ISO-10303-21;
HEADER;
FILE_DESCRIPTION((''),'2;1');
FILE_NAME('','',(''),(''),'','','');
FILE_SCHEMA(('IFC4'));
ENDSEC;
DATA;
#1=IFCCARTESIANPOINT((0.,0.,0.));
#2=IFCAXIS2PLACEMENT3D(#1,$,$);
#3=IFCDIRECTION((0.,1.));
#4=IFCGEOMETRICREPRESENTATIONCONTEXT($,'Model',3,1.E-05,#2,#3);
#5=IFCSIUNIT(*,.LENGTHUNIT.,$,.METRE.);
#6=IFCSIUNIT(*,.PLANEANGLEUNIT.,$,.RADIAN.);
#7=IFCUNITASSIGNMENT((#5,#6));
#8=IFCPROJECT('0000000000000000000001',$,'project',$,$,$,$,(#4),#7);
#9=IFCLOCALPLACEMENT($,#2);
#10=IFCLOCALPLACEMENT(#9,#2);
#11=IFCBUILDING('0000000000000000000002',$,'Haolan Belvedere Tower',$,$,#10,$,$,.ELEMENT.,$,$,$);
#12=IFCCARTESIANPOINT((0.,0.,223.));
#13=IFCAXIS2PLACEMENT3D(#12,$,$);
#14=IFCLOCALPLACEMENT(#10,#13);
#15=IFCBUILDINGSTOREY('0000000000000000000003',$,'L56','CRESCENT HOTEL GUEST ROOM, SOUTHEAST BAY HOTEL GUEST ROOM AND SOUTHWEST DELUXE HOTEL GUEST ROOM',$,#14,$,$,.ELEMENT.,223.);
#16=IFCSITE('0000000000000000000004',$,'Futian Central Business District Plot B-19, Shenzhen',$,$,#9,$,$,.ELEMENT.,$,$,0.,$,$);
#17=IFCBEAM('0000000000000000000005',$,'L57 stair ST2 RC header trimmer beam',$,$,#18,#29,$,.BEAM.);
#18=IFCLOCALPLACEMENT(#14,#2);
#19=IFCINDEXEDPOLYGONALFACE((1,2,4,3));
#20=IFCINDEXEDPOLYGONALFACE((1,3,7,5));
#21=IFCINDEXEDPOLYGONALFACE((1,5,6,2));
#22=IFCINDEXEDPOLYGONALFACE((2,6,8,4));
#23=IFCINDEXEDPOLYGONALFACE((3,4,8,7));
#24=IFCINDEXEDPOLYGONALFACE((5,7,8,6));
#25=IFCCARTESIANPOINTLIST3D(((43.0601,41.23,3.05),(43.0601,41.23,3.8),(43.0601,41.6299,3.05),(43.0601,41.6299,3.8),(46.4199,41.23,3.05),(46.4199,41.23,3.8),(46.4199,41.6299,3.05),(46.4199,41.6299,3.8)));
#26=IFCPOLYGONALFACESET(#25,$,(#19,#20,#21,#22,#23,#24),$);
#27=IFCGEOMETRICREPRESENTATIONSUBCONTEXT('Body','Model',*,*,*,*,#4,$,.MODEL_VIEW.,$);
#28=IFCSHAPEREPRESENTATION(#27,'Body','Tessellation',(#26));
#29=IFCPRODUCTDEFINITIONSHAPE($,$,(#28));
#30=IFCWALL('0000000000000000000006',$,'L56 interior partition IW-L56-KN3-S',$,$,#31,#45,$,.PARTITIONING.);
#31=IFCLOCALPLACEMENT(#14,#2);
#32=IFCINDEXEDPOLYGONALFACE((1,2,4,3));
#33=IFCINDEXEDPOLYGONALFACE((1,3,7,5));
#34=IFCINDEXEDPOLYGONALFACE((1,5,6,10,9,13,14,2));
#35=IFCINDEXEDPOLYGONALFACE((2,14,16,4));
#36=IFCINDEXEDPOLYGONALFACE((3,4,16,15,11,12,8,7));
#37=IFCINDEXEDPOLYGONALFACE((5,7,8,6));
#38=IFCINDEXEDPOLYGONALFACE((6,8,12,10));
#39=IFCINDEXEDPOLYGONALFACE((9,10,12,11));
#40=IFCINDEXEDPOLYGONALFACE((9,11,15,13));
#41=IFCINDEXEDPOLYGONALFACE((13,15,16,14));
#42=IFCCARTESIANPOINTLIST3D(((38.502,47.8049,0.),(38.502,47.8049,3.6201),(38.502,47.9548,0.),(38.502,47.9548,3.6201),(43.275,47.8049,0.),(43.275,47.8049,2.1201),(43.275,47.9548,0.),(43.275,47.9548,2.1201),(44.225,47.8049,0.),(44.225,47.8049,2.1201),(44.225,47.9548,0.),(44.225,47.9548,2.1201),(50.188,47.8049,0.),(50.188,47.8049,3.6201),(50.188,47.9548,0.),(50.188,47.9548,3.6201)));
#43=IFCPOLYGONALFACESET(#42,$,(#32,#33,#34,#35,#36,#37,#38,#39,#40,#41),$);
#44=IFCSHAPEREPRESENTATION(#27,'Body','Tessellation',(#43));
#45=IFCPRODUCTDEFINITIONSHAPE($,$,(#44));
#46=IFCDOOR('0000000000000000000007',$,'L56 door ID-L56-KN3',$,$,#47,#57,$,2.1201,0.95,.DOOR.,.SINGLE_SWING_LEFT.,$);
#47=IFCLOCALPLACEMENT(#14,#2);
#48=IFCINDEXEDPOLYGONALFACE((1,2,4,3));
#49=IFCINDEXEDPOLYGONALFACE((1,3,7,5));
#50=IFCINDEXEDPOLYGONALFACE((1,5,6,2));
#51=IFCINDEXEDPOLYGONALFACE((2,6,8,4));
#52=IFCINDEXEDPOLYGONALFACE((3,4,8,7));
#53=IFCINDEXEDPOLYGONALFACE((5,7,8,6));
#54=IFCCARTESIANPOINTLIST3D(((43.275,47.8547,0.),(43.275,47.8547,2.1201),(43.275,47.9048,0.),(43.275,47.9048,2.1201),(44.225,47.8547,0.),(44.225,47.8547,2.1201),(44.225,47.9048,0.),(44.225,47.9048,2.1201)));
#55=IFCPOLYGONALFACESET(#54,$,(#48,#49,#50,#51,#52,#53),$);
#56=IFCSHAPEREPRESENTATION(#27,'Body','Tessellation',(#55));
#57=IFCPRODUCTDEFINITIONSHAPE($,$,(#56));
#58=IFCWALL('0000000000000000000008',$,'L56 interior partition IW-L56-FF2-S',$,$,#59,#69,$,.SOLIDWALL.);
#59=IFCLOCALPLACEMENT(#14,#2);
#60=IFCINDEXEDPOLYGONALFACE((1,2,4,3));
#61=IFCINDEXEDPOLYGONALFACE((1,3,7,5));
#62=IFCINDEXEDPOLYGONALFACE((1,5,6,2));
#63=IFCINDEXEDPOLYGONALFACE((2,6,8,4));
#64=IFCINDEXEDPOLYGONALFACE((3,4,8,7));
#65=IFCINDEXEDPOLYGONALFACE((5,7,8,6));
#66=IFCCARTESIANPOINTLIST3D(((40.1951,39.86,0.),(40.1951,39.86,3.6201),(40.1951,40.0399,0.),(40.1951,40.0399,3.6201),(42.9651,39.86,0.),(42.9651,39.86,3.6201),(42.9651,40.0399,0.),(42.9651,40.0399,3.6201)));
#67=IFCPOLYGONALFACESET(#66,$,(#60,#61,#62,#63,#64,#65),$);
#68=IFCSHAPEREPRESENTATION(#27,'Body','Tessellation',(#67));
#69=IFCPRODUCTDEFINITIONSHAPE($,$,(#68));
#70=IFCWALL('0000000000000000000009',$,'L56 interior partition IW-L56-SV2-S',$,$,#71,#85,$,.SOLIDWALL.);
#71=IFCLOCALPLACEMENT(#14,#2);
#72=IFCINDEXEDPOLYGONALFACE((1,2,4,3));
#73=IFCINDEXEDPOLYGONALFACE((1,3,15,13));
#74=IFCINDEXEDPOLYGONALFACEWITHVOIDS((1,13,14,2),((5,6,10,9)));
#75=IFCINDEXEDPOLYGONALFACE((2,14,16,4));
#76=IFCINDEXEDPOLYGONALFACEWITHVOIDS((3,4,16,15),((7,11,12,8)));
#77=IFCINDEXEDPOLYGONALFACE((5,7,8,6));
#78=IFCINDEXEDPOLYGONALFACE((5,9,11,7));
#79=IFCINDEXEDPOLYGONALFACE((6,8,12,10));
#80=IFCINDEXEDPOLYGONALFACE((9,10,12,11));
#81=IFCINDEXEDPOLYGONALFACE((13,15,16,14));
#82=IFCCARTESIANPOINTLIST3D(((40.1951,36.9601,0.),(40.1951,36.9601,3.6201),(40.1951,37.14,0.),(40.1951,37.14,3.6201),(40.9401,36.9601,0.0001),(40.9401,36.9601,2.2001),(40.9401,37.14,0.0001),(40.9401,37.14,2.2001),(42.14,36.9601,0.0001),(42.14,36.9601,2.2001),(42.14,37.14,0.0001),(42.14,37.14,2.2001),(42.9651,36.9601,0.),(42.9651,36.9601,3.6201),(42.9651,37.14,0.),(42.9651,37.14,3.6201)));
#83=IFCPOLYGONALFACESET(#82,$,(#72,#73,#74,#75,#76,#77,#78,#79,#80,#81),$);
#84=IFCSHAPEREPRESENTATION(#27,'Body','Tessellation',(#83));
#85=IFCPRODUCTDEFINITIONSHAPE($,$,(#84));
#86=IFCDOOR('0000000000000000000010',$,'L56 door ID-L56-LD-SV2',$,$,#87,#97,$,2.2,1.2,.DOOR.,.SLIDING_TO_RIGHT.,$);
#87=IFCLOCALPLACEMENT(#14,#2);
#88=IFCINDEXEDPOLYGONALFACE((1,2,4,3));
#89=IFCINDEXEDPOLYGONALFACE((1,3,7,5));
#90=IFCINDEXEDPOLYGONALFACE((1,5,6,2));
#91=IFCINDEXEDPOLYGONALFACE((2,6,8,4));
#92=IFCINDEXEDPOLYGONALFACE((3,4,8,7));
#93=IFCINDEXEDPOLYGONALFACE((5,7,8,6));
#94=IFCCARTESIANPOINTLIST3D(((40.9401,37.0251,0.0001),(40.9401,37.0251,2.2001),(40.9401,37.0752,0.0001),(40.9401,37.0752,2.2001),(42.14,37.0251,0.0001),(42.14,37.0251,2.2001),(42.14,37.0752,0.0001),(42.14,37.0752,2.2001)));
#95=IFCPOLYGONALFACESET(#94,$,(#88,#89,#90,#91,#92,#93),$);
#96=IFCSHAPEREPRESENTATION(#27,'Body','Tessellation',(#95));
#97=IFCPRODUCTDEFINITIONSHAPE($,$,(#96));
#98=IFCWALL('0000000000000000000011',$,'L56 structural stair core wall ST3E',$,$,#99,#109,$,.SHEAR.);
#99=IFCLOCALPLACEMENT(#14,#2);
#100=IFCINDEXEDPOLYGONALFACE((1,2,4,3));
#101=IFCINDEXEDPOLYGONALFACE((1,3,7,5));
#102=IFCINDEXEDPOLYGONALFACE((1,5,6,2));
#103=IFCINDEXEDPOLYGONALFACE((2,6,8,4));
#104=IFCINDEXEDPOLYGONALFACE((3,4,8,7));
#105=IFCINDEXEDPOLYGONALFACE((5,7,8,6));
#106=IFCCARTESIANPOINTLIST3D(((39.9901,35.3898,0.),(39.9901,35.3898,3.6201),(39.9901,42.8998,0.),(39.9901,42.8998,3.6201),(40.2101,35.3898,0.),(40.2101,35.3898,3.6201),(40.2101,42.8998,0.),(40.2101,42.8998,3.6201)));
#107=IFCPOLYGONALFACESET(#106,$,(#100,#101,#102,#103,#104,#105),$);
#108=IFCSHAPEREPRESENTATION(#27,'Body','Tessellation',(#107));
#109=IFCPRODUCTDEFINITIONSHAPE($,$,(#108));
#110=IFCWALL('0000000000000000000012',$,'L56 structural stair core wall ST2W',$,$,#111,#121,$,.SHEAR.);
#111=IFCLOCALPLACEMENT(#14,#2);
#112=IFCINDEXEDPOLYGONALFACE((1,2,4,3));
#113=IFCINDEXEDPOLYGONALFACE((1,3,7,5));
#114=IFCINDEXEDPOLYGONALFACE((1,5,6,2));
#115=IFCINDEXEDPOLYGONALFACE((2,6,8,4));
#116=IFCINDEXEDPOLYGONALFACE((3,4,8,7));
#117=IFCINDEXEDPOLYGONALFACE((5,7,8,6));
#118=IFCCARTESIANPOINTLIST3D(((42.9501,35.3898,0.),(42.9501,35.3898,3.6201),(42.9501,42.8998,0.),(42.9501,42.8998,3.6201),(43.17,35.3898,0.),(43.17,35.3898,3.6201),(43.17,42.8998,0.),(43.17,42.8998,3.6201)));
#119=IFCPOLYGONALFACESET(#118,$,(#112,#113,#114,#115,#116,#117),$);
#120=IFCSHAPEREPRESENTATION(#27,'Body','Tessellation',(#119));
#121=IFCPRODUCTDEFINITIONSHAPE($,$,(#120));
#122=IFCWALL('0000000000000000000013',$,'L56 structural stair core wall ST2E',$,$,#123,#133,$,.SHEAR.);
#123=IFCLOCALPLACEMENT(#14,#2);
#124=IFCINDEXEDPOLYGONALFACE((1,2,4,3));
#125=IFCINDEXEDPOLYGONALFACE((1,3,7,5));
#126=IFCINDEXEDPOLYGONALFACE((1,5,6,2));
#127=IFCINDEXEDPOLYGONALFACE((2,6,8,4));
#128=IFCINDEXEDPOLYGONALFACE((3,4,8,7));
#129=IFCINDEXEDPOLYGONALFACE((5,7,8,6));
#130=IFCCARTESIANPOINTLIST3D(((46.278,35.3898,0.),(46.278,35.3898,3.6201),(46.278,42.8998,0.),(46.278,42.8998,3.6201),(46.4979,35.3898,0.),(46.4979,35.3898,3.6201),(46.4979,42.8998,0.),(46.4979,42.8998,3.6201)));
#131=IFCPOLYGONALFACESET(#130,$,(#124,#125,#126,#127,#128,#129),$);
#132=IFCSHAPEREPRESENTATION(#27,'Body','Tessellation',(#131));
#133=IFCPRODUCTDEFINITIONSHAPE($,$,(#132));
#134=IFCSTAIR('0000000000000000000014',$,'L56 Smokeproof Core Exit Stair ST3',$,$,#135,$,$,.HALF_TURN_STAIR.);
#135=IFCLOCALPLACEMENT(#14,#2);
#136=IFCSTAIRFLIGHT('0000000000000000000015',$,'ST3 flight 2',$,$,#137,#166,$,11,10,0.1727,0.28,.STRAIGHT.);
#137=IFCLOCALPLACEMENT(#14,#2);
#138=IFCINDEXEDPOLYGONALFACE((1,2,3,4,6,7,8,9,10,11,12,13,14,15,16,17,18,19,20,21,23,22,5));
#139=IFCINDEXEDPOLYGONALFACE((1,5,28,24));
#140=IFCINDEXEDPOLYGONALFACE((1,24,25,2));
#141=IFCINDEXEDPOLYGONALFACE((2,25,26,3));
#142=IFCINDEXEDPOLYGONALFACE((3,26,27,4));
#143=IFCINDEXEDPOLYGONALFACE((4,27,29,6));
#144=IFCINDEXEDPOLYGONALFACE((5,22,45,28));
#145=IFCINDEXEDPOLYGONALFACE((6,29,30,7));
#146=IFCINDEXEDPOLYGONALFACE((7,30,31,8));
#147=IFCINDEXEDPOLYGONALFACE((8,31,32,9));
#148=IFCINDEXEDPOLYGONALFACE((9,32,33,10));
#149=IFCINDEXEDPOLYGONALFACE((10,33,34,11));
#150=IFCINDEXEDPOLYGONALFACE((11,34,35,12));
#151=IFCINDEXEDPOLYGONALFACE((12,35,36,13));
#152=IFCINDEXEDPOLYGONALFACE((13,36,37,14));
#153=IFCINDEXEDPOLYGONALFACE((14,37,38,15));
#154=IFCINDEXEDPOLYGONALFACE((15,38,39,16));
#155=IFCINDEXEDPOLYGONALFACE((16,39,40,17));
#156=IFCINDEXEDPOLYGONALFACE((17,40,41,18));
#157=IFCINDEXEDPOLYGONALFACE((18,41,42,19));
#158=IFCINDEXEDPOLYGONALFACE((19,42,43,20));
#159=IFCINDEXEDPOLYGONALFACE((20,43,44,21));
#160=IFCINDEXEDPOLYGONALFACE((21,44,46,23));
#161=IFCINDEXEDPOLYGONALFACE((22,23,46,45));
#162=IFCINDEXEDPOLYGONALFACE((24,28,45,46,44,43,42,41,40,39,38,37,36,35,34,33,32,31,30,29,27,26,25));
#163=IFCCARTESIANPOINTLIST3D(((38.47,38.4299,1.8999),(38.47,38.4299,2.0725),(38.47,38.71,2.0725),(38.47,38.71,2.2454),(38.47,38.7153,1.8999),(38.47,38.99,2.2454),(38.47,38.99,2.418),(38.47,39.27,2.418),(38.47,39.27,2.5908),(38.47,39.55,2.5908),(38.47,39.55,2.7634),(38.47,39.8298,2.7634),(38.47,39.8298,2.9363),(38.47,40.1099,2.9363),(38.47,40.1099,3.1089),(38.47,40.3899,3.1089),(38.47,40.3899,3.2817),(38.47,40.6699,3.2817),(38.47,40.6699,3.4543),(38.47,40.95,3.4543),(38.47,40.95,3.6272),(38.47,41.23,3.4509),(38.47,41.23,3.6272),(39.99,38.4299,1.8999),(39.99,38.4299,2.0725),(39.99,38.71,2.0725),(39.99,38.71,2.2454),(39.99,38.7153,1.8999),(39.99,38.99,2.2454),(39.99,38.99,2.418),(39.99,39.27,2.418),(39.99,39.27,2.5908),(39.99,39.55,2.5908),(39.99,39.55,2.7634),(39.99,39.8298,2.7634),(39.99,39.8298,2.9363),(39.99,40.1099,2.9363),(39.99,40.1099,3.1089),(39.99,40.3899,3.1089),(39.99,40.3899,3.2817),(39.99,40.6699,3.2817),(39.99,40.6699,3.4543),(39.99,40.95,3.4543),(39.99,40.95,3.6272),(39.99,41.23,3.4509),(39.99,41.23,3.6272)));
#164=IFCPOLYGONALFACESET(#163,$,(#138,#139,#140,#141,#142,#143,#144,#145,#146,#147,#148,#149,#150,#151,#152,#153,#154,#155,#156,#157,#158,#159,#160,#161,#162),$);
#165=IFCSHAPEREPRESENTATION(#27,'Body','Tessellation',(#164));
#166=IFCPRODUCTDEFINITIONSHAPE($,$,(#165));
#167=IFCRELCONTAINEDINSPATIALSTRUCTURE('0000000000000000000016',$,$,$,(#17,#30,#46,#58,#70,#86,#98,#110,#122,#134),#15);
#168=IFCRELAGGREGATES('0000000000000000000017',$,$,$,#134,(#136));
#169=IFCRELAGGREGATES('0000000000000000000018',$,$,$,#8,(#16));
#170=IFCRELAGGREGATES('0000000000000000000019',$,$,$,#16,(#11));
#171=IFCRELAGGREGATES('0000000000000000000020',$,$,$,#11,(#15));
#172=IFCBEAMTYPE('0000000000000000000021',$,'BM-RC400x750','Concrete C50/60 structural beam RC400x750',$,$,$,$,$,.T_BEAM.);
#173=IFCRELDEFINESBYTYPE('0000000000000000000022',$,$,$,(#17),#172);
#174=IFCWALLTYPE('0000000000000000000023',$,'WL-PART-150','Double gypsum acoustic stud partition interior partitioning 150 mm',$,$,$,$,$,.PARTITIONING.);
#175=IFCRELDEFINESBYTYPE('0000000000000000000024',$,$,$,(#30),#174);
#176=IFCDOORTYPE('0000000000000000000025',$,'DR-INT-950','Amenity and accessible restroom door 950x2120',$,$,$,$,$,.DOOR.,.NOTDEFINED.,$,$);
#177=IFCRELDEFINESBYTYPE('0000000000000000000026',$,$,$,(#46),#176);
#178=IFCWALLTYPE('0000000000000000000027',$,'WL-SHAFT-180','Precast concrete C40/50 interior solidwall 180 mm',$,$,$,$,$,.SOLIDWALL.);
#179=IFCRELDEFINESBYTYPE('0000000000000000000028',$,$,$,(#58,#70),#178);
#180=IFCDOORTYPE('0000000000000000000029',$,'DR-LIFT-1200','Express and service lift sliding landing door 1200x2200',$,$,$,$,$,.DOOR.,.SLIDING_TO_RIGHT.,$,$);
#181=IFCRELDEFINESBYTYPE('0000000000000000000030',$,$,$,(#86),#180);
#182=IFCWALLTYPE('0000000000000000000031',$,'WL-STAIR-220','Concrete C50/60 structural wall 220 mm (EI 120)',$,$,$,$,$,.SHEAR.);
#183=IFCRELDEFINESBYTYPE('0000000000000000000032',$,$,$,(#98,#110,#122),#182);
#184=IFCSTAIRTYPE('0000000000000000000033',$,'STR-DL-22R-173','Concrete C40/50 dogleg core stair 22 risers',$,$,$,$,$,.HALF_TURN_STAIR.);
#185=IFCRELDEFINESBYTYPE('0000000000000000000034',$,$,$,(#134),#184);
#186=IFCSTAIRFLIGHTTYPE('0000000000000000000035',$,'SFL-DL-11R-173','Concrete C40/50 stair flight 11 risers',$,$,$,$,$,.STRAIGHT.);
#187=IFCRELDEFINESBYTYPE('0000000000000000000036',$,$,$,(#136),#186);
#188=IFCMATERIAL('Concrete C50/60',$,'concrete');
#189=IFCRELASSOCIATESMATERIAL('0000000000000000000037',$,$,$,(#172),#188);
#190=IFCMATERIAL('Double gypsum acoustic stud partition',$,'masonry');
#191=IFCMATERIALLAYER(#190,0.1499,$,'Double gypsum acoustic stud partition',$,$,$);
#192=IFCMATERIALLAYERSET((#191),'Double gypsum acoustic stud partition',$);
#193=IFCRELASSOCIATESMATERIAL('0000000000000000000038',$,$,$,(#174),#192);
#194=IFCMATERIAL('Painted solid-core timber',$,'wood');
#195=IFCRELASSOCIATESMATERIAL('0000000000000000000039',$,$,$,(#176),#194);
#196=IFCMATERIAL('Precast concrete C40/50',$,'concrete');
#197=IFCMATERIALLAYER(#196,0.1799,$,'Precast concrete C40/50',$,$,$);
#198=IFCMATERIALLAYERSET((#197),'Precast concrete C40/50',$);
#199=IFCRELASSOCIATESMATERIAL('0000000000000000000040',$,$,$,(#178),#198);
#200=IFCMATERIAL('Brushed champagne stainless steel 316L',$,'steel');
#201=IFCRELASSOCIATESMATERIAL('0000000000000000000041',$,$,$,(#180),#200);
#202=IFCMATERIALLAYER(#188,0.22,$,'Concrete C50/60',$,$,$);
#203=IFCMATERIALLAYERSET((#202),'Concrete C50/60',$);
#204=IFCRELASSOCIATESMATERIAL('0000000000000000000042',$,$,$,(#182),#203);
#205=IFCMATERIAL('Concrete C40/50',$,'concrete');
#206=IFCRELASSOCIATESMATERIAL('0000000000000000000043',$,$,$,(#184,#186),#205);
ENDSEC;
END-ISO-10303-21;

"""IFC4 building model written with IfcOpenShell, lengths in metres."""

from ifc_helpers import new_model, si_unit, direction, frame, frame_2d, origin, origin_2d, place, context, subcontext, project, spatial, polyline, rectangle, outline, extrude, material, layer, layer_set, material_profile, profile_set, type_object, element, fill, aggregate, save


model = new_model("IFC4")

# Units and contexts
model_context = context("Model", 3, precision=1e-05, world=origin(), true_north=direction((0.0, 1.0)))
body_context = subcontext(model_context, "Body", "Model", "MODEL_VIEW")
ifc_project = project(units=[si_unit("LENGTHUNIT", "METRE"), si_unit("PLANEANGLEUNIT", "RADIAN")], contexts=[model_context])

# Site, building, storey
site_placement = place(None, origin())
site = spatial("IfcSite", under=ifc_project, at=site_placement, Name="Futian Central Business District Plot B-19, Shenzhen", CompositionType="ELEMENT", RefElevation=0.0)
building_placement = place(site_placement, origin())
building = spatial("IfcBuilding", under=site, at=building_placement, Name="Haolan Belvedere Tower", CompositionType="ELEMENT")
storey_placement = place(building_placement, frame((0.0, 0.0, 223.0)))
storey = spatial("IfcBuildingStorey", under=building, at=storey_placement, Name="L56", Description="CRESCENT HOTEL GUEST ROOM, SOUTHEAST BAY HOTEL GUEST ROOM AND SOUTHWEST DELUXE HOTEL GUEST ROOM", CompositionType="ELEMENT", Elevation=223.0)

# Beam
ifc_material_1 = material(Name="Concrete C50/60", Category="concrete")
ifc_material_profile = material_profile(ifc_material_1, rectangle(XDim=0.3999, YDim=0.75, at=origin_2d()), Name="Concrete C50/60")
ifc_profile_set = profile_set([ifc_material_profile], Name="Concrete C50/60")
beam_type = type_object("IfcBeamType", Name="BM-RC400x750", Description="Concrete C50/60 structural beam RC400x750", PredefinedType="T_BEAM", material=ifc_profile_set)
beam_placement = place(storey_placement, frame((43.0601, 41.4299, 3.425), z_axis=(1.0, 0.0, 0.0), x_axis=(0.0, 1.0, 0.0)))
element("IfcBeam", 1, at=beam_placement, inside=storey, type_object=beam_type, Name="L57 stair ST2 RC header trimmer beam", PredefinedType="BEAM", context=body_context, shape_type="SweptSolid", body=[
    extrude(rectangle(XDim=0.3999, YDim=0.75, at=origin_2d()), origin(), (0.0, 0.0, 1.0), 3.3599),
])

# Wall, opening, door
ifc_material_2 = material(Name="Concrete C40/50", Category="concrete")
ifc_material_3 = material(Name="Double gypsum acoustic stud partition", Category="masonry")
ifc_layer_1 = layer(ifc_material_3, 0.1499, Name="Double gypsum acoustic stud partition")
ifc_layer_set_1 = layer_set([ifc_layer_1], Name="Double gypsum acoustic stud partition")
wall_type_1 = type_object("IfcWallType", Name="WL-PART-150", Description="Double gypsum acoustic stud partition interior partitioning 150 mm", PredefinedType="PARTITIONING", material=ifc_layer_set_1)
wall_1_placement = place(storey_placement, frame((38.502, 47.8799, 0.0), z_axis=(0.0, 0.0, 1.0), x_axis=(1.0, 0.0, 0.0)))
wall_1 = element("IfcWall", 2, at=wall_1_placement, inside=storey, type_object=wall_type_1, Name="L56 interior partition IW-L56-KN3-S", PredefinedType="PARTITIONING", context=body_context, shape_type="SweptSolid", body=[
    extrude(rectangle(XDim=11.686, YDim=0.1499, at=frame_2d((5.843, 0.0))), origin(), (0.0, 0.0, 1.0), 3.6201),
])
opening_1_placement = place(wall_1_placement, frame((4.7729, 0.0, 0.0)))
opening_1 = element("IfcOpeningElement", 3, at=opening_1_placement, cuts=wall_1, PredefinedType="OPENING", context=body_context, shape_type="SweptSolid", body=[
    extrude(rectangle(XDim=0.95, YDim=2.1201, at=frame_2d((0.4751, 1.0601))), frame((0.0, 0.085, 0.0), z_axis=(0.0, -1.0, 0.0), x_axis=(1.0, 0.0, 0.0)), (0.0, 0.0, 1.0), 0.1699),
])
ifc_material_4 = material(Name="Painted solid-core timber", Category="wood")
door_type_1 = type_object("IfcDoorType", Name="DR-INT-950", Description="Amenity and accessible restroom door 950x2120", OperationType="NOTDEFINED", PredefinedType="DOOR", material=ifc_material_4)
door_1_placement = place(opening_1_placement, origin())
door_1 = element("IfcDoor", 4, at=door_1_placement, inside=storey, type_object=door_type_1, Name="L56 door ID-L56-KN3", OperationType="SINGLE_SWING_LEFT", OverallHeight=2.1201, OverallWidth=0.95, PredefinedType="DOOR", context=body_context, shape_type="SweptSolid", body=[
    extrude(rectangle(XDim=0.95, YDim=2.1201, at=frame_2d((0.4751, 1.0601))), frame((0.0, 0.0249, 0.0), z_axis=(0.0, -1.0, 0.0), x_axis=(1.0, 0.0, 0.0)), (0.0, 0.0, 1.0), 0.05),
])
fill(opening_1, door_1)

# Wall
ifc_material_5 = material(Name="Precast concrete C40/50", Category="concrete")
ifc_layer_2 = layer(ifc_material_5, 0.1799, Name="Precast concrete C40/50")
ifc_layer_set_2 = layer_set([ifc_layer_2], Name="Precast concrete C40/50")
wall_type_2 = type_object("IfcWallType", Name="WL-SHAFT-180", Description="Precast concrete C40/50 interior solidwall 180 mm", PredefinedType="SOLIDWALL", material=ifc_layer_set_2)
wall_2_placement = place(storey_placement, frame((40.1951, 39.95, 0.0), z_axis=(0.0, 0.0, 1.0), x_axis=(1.0, 0.0, 0.0)))
element("IfcWall", 5, at=wall_2_placement, inside=storey, type_object=wall_type_2, Name="L56 interior partition IW-L56-FF2-S", PredefinedType="SOLIDWALL", context=body_context, shape_type="SweptSolid", body=[
    extrude(rectangle(XDim=2.77, YDim=0.1799, at=frame_2d((1.385, 0.0))), origin(), (0.0, 0.0, 1.0), 3.6201),
])

# Wall, opening, door
wall_3_placement = place(storey_placement, frame((40.1951, 37.05, 0.0), z_axis=(0.0, 0.0, 1.0), x_axis=(1.0, 0.0, 0.0)))
wall_3 = element("IfcWall", 6, at=wall_3_placement, inside=storey, type_object=wall_type_2, Name="L56 interior partition IW-L56-SV2-S", PredefinedType="SOLIDWALL", context=body_context, shape_type="SweptSolid", body=[
    extrude(rectangle(XDim=2.77, YDim=0.1799, at=frame_2d((1.385, 0.0))), origin(), (0.0, 0.0, 1.0), 3.6201),
])
opening_2_placement = place(wall_3_placement, frame((1.9451, 0.0, 0.0), z_axis=(0.0, 0.0, 1.0), x_axis=(-1.0, 0.0, 0.0)))
opening_2 = element("IfcOpeningElement", 7, at=opening_2_placement, cuts=wall_3, PredefinedType="OPENING", context=body_context, shape_type="SweptSolid", body=[
    extrude(rectangle(XDim=1.2, YDim=2.2, at=frame_2d((0.6001, 1.1001))), frame((0.0, 0.0999, 0.0), z_axis=(0.0, -1.0, 0.0), x_axis=(1.0, 0.0, 0.0)), (0.0, 0.0, 1.0), 0.2),
])
ifc_material_6 = material(Name="Brushed champagne stainless steel 316L", Category="steel")
door_type_2 = type_object("IfcDoorType", Name="DR-LIFT-1200", Description="Express and service lift sliding landing door 1200x2200", OperationType="SLIDING_TO_RIGHT", PredefinedType="DOOR", material=ifc_material_6)
door_2_placement = place(opening_2_placement, origin())
door_2 = element("IfcDoor", 8, at=door_2_placement, inside=storey, type_object=door_type_2, Name="L56 door ID-L56-LD-SV2", OperationType="SLIDING_TO_RIGHT", OverallHeight=2.2, OverallWidth=1.2, PredefinedType="DOOR", context=body_context, shape_type="SweptSolid", body=[
    extrude(rectangle(XDim=1.2, YDim=2.2, at=frame_2d((0.6001, 1.1001))), frame((0.0, 0.0249, 0.0), z_axis=(0.0, -1.0, 0.0), x_axis=(1.0, 0.0, 0.0)), (0.0, 0.0, 1.0), 0.05),
])
fill(opening_2, door_2)

# Walls
ifc_layer_3 = layer(ifc_material_1, 0.22, Name="Concrete C50/60")
ifc_layer_set_3 = layer_set([ifc_layer_3], Name="Concrete C50/60")
wall_type_3 = type_object("IfcWallType", Name="WL-STAIR-220", Description="Concrete C50/60 structural wall 220 mm (EI 120)", PredefinedType="SHEAR", material=ifc_layer_set_3)
for number, where, z_axis, x_axis, name in (
    (9, (40.1001, 35.3899, 0.0), (0.0, 0.0, 1.0), (0.0, 1.0, 0.0), "L56 structural stair core wall ST3E"),
    (10, (43.0601, 35.3899, 0.0), (0.0, 0.0, 1.0), (0.0, 1.0, 0.0), "L56 structural stair core wall ST2W"),
    (11, (46.3879, 35.3899, 0.0), (0.0, 0.0, 1.0), (0.0, 1.0, 0.0), "L56 structural stair core wall ST2E"),
):
    element("IfcWall", number, at=place(storey_placement, frame(where, z_axis=z_axis, x_axis=x_axis)), inside=storey, type_object=wall_type_3, Name=name, PredefinedType="SHEAR", context=body_context, shape_type="SweptSolid", body=[
        extrude(rectangle(XDim=7.51, YDim=0.22, at=frame_2d((3.7549, 0.0))), origin(), (0.0, 0.0, 1.0), 3.6201),
    ])

# Stair, stair flight
stair_type = type_object("IfcStairType", Name="STR-DL-22R-173", Description="Concrete C40/50 dogleg core stair 22 risers", PredefinedType="HALF_TURN_STAIR", material=ifc_material_2)
stair_1_placement = place(storey_placement, origin())
stair_1 = element("IfcStair", 12, at=stair_1_placement, inside=storey, type_object=stair_type, Name="L56 Smokeproof Core Exit Stair ST3", PredefinedType="HALF_TURN_STAIR")
stair_flight_type = type_object("IfcStairFlightType", Name="SFL-DL-11R-173", Description="Concrete C40/50 stair flight 11 risers", PredefinedType="STRAIGHT", material=ifc_material_2)
stair_flight_1_placement = place(storey_placement, frame((39.23, 38.4299, 1.8999), z_axis=(0.0, 0.0, 1.0), x_axis=(0.0, 1.0, 0.0)))
stair_flight_1 = element("IfcStairFlight", 13, at=stair_flight_1_placement, type_object=stair_flight_type, Name="ST3 flight 2", NumberOfRisers=11, NumberOfTreads=10, PredefinedType="STRAIGHT", RiserHeight=0.1727, TreadLength=0.28, context=body_context, shape_type="SweptSolid", body=[
    extrude(outline(polyline([(0.0, 0.0), (0.0, 0.1726), (0.28, 0.1726), (0.28, 0.3455), (0.5601, 0.3455), (0.5601, 0.5181), (0.8401, 0.5181), (0.8401, 0.6909), (1.1201, 0.6909), (1.1201, 0.8635), (1.3999, 0.8635), (1.3999, 1.0364), (1.6799, 1.0364), (1.6799, 1.209), (1.96, 1.209), (1.96, 1.3818), (2.24, 1.3818), (2.24, 1.5544), (2.52, 1.5544), (2.52, 1.7273), (2.8, 1.7273), (2.8, 1.8999), (2.8, 1.551), (0.2854, 0.0), (0.0, 0.0)])), frame((0.0, 0.76, 0.0), z_axis=(0.0, -1.0, 0.0), x_axis=(1.0, 0.0, 0.0)), (0.0, 0.0, 1.0), 1.52),
])
aggregate(stair_1, [stair_flight_1])

save(model, "model.ifc")
